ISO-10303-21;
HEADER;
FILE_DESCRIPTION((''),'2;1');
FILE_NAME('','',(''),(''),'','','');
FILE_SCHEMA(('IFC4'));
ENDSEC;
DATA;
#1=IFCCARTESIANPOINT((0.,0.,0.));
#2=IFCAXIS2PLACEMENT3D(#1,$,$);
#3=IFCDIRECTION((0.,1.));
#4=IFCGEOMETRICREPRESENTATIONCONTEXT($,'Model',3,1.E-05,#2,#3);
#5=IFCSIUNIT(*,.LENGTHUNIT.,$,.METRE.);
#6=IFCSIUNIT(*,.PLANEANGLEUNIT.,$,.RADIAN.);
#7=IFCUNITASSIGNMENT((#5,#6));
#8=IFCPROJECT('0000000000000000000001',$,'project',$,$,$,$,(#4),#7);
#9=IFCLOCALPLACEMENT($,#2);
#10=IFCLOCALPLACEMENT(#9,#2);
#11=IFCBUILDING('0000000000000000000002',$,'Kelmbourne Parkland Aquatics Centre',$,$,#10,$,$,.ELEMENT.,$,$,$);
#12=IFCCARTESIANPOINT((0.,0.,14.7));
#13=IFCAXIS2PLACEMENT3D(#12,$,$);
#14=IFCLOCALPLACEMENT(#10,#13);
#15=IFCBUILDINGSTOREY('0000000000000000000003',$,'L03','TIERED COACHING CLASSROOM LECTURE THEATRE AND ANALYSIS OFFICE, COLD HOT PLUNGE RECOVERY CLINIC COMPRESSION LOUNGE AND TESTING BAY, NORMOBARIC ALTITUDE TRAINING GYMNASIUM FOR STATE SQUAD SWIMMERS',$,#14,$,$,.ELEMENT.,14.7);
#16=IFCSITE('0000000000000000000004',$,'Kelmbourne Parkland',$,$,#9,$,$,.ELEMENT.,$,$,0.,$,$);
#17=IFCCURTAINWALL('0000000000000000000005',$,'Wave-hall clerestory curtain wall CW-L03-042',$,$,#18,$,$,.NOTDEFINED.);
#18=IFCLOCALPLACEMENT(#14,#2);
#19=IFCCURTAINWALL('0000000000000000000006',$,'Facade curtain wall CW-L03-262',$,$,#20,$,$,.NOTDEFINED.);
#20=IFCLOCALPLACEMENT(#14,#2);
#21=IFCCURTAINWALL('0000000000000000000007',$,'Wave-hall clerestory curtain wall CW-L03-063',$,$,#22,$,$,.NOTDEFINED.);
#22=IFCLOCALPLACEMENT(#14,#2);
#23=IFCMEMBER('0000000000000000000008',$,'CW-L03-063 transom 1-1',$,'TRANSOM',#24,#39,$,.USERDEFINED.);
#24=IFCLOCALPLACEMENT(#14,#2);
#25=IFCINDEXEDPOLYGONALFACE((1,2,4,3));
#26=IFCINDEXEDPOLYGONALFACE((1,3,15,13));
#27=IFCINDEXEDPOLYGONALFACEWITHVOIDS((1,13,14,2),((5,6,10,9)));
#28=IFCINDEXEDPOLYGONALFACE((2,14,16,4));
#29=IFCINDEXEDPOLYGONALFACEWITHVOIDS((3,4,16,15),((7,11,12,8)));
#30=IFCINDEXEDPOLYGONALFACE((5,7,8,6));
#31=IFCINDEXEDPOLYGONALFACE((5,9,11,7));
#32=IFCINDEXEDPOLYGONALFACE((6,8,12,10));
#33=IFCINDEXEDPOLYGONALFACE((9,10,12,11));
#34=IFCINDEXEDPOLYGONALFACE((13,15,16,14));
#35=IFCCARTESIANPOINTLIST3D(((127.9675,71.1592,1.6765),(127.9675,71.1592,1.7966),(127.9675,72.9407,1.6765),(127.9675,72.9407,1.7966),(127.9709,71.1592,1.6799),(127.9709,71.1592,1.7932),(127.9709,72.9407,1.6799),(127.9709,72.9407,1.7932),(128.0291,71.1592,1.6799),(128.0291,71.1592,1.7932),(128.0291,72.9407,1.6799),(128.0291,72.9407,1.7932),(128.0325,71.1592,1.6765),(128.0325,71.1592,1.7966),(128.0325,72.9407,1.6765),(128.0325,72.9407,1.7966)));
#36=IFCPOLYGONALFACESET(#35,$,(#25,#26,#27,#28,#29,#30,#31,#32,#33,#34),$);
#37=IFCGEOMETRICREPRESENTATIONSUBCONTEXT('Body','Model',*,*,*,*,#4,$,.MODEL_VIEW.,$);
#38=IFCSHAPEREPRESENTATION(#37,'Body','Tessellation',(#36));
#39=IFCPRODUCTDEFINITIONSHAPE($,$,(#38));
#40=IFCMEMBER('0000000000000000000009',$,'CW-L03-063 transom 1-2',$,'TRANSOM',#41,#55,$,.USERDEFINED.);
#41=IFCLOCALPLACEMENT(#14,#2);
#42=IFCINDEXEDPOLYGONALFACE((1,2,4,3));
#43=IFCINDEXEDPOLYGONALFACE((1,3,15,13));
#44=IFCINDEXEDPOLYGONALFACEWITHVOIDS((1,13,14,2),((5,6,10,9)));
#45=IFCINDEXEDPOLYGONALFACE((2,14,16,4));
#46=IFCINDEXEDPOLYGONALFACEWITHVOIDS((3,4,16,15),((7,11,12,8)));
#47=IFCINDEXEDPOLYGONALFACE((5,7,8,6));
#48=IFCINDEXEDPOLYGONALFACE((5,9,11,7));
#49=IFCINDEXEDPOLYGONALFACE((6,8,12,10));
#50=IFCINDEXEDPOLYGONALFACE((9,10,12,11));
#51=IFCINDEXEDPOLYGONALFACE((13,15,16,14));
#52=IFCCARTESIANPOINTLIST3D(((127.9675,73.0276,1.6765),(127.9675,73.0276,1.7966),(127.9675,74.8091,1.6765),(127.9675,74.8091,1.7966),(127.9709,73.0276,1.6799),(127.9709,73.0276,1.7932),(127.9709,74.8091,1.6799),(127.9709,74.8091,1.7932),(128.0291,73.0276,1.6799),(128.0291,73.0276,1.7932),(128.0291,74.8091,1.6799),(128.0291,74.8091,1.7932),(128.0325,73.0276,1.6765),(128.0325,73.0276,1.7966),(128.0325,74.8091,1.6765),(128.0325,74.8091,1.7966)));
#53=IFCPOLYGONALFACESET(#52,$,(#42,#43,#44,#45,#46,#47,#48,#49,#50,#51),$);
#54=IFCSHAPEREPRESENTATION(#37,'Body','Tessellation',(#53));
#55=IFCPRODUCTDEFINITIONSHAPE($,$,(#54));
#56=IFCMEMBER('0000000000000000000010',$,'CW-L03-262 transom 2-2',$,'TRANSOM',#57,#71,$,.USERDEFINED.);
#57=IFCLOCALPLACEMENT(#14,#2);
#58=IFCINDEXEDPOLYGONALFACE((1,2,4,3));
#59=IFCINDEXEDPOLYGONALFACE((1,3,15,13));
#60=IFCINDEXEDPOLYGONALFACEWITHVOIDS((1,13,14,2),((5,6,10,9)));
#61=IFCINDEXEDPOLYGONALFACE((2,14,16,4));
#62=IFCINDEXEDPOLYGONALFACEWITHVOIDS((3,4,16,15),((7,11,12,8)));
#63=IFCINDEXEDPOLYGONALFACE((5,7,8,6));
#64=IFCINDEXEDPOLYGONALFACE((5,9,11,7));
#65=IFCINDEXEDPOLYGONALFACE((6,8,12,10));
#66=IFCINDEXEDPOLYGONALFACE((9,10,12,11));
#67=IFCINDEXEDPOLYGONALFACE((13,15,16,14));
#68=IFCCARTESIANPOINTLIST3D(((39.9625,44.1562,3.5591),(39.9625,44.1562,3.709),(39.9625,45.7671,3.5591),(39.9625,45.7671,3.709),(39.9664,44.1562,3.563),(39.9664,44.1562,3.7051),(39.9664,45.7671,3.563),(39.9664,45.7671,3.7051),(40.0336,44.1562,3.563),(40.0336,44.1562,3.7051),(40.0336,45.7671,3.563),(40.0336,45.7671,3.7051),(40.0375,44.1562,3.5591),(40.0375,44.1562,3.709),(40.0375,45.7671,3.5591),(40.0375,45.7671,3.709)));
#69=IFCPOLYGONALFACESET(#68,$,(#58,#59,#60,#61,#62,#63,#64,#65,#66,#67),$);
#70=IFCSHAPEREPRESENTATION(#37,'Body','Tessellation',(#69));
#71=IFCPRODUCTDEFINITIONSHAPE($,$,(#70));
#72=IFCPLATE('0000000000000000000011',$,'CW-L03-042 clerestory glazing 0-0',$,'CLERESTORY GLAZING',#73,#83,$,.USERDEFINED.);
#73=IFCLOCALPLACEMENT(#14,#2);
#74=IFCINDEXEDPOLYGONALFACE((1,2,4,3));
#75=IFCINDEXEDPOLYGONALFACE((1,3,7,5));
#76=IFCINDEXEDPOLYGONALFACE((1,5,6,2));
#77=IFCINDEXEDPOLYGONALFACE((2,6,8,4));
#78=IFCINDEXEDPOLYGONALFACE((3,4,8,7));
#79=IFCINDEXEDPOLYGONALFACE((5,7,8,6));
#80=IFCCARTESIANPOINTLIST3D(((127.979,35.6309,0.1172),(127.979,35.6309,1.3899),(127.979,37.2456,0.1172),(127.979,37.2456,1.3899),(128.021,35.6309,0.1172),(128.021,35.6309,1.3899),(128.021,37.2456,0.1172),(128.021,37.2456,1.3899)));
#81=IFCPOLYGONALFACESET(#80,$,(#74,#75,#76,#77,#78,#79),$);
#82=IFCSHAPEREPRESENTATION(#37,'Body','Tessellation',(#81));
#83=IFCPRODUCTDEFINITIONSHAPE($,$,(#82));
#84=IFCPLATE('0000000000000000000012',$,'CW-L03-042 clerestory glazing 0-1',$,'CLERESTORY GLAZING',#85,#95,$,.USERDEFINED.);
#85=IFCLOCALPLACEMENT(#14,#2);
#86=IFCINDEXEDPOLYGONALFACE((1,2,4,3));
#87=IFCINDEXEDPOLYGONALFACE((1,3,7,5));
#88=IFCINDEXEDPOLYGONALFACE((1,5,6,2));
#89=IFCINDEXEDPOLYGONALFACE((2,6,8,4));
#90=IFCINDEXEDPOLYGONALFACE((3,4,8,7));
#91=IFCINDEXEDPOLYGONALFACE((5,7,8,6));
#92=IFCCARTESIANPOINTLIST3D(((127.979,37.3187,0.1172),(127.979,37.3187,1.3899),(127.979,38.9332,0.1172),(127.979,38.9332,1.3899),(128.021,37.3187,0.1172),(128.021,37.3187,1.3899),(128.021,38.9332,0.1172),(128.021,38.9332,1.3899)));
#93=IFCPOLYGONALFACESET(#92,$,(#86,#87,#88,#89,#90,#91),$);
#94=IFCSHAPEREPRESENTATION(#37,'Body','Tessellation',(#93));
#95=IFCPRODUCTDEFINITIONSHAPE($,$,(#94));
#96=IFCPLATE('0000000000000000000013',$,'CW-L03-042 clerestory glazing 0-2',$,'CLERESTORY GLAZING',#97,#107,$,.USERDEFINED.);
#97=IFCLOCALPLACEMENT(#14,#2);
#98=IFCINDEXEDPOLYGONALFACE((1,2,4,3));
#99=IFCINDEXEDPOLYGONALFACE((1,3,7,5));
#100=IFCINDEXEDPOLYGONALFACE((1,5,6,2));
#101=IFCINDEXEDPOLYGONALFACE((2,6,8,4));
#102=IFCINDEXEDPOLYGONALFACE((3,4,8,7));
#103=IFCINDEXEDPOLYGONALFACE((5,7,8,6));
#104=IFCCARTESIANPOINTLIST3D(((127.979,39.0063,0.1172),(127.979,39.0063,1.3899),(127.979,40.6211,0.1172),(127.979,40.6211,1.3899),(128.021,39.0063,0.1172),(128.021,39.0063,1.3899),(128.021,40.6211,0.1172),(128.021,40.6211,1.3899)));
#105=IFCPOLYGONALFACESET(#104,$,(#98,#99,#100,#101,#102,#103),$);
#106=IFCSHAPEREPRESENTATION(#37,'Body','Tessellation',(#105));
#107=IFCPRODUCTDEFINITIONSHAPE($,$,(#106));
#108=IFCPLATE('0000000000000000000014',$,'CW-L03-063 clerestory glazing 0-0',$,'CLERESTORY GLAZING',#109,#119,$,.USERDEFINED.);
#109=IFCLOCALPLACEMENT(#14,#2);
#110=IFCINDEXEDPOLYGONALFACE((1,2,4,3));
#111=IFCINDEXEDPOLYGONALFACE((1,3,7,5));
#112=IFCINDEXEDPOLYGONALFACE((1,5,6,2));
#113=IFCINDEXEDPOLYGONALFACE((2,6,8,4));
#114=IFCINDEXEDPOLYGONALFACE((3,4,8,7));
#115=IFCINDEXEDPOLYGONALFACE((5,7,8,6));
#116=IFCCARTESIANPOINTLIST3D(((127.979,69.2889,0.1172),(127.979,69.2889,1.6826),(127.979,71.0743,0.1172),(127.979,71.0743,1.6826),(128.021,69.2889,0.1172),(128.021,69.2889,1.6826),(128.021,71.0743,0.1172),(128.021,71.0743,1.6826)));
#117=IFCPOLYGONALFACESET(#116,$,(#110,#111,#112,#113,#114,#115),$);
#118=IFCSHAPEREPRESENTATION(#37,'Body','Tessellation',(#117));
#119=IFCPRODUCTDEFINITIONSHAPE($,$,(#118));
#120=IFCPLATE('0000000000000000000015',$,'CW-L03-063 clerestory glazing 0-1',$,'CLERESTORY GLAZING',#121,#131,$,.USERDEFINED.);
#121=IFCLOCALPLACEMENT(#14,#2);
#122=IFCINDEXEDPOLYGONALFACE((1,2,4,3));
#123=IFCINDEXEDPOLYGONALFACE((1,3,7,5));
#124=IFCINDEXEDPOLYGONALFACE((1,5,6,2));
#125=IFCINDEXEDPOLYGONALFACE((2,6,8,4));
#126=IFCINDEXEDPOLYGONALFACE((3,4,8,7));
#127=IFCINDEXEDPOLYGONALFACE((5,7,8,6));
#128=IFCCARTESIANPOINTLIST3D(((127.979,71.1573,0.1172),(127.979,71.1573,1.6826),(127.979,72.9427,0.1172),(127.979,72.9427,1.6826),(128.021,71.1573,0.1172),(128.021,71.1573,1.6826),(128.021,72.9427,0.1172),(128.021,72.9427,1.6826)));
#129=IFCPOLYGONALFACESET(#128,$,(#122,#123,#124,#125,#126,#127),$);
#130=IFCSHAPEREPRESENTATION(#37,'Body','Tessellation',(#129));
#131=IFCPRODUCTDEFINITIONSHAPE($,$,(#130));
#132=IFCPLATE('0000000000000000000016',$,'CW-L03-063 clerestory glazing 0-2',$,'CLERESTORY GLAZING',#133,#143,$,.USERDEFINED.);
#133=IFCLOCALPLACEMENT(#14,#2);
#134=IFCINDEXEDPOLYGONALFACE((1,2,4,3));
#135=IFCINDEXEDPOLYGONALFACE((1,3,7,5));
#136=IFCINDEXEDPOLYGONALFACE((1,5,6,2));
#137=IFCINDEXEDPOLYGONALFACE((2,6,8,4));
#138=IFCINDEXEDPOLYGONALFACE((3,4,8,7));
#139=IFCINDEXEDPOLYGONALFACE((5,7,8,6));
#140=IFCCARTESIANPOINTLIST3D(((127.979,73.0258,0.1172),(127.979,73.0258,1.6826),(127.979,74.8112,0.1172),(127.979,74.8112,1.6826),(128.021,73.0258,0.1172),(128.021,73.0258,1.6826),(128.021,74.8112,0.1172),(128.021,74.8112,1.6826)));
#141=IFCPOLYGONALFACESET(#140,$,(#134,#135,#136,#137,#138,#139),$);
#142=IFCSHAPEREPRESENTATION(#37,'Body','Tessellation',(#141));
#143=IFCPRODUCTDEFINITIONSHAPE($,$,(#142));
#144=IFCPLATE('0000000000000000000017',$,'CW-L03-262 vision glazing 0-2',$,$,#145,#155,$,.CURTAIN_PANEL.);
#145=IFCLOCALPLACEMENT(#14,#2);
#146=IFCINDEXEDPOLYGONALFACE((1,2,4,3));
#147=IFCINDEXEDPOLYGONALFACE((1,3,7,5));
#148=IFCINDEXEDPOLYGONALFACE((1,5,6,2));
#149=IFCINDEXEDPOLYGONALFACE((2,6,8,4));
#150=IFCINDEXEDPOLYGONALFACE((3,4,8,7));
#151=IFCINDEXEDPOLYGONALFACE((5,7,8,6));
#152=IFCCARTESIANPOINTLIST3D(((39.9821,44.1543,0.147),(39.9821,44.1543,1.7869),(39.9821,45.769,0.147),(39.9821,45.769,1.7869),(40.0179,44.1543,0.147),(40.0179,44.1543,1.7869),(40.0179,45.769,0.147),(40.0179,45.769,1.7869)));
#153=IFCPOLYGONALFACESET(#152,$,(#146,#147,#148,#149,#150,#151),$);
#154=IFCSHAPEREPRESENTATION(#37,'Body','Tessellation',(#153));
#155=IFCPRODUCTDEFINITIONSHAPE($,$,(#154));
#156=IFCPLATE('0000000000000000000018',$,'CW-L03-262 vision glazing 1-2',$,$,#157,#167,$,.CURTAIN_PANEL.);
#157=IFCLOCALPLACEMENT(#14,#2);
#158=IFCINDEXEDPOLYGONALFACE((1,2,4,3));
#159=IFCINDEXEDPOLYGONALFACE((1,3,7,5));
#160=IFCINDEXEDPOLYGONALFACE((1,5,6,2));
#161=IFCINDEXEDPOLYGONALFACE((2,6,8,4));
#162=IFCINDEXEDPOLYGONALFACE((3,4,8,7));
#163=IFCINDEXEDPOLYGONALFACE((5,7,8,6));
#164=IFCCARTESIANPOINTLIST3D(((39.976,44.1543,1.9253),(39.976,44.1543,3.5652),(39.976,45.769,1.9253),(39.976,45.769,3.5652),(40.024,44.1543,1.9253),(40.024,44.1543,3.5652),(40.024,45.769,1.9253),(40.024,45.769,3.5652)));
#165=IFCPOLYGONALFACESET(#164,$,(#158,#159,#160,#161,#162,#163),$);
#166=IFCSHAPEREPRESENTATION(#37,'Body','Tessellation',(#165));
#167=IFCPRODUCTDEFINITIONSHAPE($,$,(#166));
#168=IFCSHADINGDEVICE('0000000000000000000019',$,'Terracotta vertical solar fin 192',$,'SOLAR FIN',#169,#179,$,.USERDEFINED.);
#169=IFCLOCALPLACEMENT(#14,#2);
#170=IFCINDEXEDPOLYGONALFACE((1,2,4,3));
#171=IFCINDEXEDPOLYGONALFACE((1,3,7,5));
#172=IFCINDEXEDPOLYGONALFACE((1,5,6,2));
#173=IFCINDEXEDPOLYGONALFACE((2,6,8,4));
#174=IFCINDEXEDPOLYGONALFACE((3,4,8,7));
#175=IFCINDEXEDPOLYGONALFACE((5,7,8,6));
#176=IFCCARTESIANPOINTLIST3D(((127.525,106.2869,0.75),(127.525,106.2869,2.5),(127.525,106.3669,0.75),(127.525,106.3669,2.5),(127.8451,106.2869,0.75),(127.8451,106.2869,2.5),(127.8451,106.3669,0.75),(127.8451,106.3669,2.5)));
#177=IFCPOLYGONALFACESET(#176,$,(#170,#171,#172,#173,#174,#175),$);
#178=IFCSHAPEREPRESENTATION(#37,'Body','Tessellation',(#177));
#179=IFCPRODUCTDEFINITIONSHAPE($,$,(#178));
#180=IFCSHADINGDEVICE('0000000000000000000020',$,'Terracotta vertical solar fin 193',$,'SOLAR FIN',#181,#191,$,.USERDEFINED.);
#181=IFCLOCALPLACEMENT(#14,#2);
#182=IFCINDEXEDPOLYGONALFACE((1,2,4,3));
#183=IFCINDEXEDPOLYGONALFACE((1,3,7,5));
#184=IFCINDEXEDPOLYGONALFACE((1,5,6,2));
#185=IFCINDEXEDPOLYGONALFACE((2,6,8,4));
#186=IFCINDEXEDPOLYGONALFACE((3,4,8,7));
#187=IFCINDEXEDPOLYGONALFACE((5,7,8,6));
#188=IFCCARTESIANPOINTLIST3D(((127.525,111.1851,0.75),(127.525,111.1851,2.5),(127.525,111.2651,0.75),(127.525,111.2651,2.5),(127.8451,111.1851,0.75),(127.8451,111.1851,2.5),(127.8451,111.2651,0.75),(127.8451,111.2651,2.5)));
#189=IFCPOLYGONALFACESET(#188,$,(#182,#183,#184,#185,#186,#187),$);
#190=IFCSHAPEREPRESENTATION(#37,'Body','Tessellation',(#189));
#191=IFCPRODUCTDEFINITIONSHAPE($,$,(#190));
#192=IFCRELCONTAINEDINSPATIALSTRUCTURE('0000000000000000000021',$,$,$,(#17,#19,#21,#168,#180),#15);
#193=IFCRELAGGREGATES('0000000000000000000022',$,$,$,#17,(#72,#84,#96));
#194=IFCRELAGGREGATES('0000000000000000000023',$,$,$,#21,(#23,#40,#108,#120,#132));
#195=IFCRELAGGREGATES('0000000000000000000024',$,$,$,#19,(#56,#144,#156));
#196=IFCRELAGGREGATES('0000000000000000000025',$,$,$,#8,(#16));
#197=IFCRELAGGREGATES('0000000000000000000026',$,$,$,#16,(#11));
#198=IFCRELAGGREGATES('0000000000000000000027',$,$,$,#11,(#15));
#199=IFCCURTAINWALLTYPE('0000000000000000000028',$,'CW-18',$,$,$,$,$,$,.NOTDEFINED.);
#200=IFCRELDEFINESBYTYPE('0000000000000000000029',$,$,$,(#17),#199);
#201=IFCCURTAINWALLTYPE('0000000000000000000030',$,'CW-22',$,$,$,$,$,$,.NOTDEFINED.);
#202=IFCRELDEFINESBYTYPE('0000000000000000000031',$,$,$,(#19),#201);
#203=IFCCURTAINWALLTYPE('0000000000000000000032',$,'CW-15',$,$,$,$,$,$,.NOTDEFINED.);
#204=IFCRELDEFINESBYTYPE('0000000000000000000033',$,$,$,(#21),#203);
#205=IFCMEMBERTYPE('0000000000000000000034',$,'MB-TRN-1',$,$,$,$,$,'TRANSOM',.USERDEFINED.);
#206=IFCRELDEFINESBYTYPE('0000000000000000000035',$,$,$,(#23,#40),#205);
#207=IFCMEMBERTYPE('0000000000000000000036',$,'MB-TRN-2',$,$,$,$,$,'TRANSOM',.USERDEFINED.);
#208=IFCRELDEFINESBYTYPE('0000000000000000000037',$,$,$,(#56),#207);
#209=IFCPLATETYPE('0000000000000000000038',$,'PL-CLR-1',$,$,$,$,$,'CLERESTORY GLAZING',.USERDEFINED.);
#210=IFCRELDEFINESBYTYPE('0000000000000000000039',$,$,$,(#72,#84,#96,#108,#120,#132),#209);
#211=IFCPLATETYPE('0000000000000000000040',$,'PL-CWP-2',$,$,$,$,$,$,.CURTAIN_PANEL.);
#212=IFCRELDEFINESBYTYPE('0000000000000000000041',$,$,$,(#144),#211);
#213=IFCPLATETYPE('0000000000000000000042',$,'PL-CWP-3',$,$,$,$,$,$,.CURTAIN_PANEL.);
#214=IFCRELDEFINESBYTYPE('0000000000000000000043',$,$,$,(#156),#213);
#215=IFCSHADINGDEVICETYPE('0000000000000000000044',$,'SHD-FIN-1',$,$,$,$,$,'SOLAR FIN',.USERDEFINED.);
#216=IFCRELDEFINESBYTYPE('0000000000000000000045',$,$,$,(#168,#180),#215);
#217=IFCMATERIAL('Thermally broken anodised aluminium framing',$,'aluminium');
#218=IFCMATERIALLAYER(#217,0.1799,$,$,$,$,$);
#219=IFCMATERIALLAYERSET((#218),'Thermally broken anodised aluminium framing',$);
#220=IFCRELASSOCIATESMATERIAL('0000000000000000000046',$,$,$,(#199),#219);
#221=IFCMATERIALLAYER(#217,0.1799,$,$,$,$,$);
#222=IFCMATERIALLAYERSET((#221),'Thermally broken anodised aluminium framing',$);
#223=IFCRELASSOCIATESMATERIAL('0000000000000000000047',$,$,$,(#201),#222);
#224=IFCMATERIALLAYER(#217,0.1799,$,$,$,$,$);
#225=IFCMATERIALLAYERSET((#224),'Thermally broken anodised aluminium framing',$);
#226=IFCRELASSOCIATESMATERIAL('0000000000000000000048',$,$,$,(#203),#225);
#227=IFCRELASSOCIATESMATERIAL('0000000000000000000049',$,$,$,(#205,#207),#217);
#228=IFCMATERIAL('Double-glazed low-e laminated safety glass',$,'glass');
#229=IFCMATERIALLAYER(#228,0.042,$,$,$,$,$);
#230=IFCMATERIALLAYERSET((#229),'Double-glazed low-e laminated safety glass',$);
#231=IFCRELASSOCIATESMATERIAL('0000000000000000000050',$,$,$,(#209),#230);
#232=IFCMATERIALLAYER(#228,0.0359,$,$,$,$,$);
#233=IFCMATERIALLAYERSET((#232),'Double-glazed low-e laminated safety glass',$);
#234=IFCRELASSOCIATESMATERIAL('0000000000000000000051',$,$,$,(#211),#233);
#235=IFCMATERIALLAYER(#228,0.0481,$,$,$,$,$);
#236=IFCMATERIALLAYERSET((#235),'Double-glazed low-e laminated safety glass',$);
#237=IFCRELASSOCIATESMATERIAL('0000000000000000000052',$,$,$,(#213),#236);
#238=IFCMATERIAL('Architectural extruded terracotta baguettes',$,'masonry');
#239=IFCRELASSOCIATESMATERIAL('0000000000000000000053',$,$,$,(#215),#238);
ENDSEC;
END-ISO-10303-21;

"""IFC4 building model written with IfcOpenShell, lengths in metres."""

from ifc_helpers import new_model, si_unit, direction, frame, origin, origin_2d, place, context, subcontext, project, spatial, rectangle, hollow_rectangle, extrude, material, layer, layer_set, material_profile, profile_set, type_object, element, aggregate, save


model = new_model("IFC4")

# Units and contexts
model_context = context("Model", 3, precision=1e-05, world=origin(), true_north=direction((0.0, 1.0)))
body_context = subcontext(model_context, "Body", "Model", "MODEL_VIEW")
ifc_project = project(units=[si_unit("LENGTHUNIT", "METRE"), si_unit("PLANEANGLEUNIT", "RADIAN")], contexts=[model_context])

# Site, building, storey
site_placement = place(None, origin())
site = spatial("IfcSite", under=ifc_project, at=site_placement, Name="Kelmbourne Parkland", CompositionType="ELEMENT", RefElevation=0.0)
building_placement = place(site_placement, origin())
building = spatial("IfcBuilding", under=site, at=building_placement, Name="Kelmbourne Parkland Aquatics Centre", CompositionType="ELEMENT")
storey_placement = place(building_placement, frame((0.0, 0.0, 14.7)))
storey = spatial("IfcBuildingStorey", under=building, at=storey_placement, Name="L03", Description="TIERED COACHING CLASSROOM LECTURE THEATRE AND ANALYSIS OFFICE, COLD HOT PLUNGE RECOVERY CLINIC COMPRESSION LOUNGE AND TESTING BAY, NORMOBARIC ALTITUDE TRAINING GYMNASIUM FOR STATE SQUAD SWIMMERS", CompositionType="ELEMENT", Elevation=14.7)

# Shared definitions
ifc_material_1 = material(Name="Thermally broken anodised aluminium framing", Category="aluminium")

# Curtain wall
ifc_layer_1 = layer(ifc_material_1, 0.1799)
ifc_layer_set_1 = layer_set([ifc_layer_1], Name="Thermally broken anodised aluminium framing")
curtain_wall_type_1 = type_object("IfcCurtainWallType", Name="CW-18", PredefinedType="NOTDEFINED", material=ifc_layer_set_1)
curtain_wall_1_placement = place(storey_placement, origin())
curtain_wall_1 = element("IfcCurtainWall", 1, at=curtain_wall_1_placement, inside=storey, type_object=curtain_wall_type_1, Name="Wave-hall clerestory curtain wall CW-L03-042", PredefinedType="NOTDEFINED")

# Curtain wall
ifc_layer_2 = layer(ifc_material_1, 0.1799)
ifc_layer_set_2 = layer_set([ifc_layer_2], Name="Thermally broken anodised aluminium framing")
curtain_wall_type_2 = type_object("IfcCurtainWallType", Name="CW-22", PredefinedType="NOTDEFINED", material=ifc_layer_set_2)
curtain_wall_2_placement = place(storey_placement, origin())
curtain_wall_2 = element("IfcCurtainWall", 2, at=curtain_wall_2_placement, inside=storey, type_object=curtain_wall_type_2, Name="Facade curtain wall CW-L03-262", PredefinedType="NOTDEFINED")

# Curtain wall
ifc_layer_3 = layer(ifc_material_1, 0.1799)
ifc_layer_set_3 = layer_set([ifc_layer_3], Name="Thermally broken anodised aluminium framing")
curtain_wall_type_3 = type_object("IfcCurtainWallType", Name="CW-15", PredefinedType="NOTDEFINED", material=ifc_layer_set_3)
curtain_wall_3_placement = place(storey_placement, origin())
curtain_wall_3 = element("IfcCurtainWall", 3, at=curtain_wall_3_placement, inside=storey, type_object=curtain_wall_type_3, Name="Wave-hall clerestory curtain wall CW-L03-063", PredefinedType="NOTDEFINED")

# Members
ifc_material_profile_1 = material_profile(ifc_material_1, hollow_rectangle(XDim=0.0649, YDim=0.1201, WallThickness=0.0034, at=origin_2d()), Name="CW-T 65x120")
ifc_profile_set_1 = profile_set([ifc_material_profile_1], Name="Thermally broken anodised aluminium framing")
member_type_1 = type_object("IfcMemberType", Name="MB-TRN-1", ElementType="TRANSOM", PredefinedType="USERDEFINED", material=ifc_profile_set_1)
member_1_placement = place(storey_placement, frame((128.0, 71.1592, 1.7366), z_axis=(0.0, 1.0, 0.0), x_axis=(-1.0, 0.0, 0.0)))
member_1 = element("IfcMember", 4, at=member_1_placement, type_object=member_type_1, Name="CW-L03-063 transom 1-1", ObjectType="TRANSOM", PredefinedType="USERDEFINED", context=body_context, shape_type="SweptSolid", body=[
    extrude(hollow_rectangle(XDim=0.0649, YDim=0.1201, WallThickness=0.0034, at=origin_2d()), origin(), (0.0, 0.0, 1.0), 1.7815),
])
member_2_placement = place(storey_placement, frame((128.0, 73.0276, 1.7366), z_axis=(0.0, 1.0, 0.0), x_axis=(-1.0, 0.0, 0.0)))
member_2 = element("IfcMember", 5, at=member_2_placement, type_object=member_type_1, Name="CW-L03-063 transom 1-2", ObjectType="TRANSOM", PredefinedType="USERDEFINED", context=body_context, shape_type="SweptSolid", body=[
    extrude(hollow_rectangle(XDim=0.0649, YDim=0.1201, WallThickness=0.0034, at=origin_2d()), origin(), (0.0, 0.0, 1.0), 1.7815),
])
ifc_material_profile_2 = material_profile(ifc_material_1, hollow_rectangle(XDim=0.075, YDim=0.1499, WallThickness=0.0039, at=origin_2d()), Name="CW-T 75x150")
ifc_profile_set_2 = profile_set([ifc_material_profile_2], Name="Thermally broken anodised aluminium framing")
member_type_2 = type_object("IfcMemberType", Name="MB-TRN-2", ElementType="TRANSOM", PredefinedType="USERDEFINED", material=ifc_profile_set_2)
member_3_placement = place(storey_placement, frame((40.0, 44.1562, 3.634), z_axis=(0.0, 1.0, 0.0), x_axis=(-1.0, 0.0, 0.0)))
member_3 = element("IfcMember", 6, at=member_3_placement, type_object=member_type_2, Name="CW-L03-262 transom 2-2", ObjectType="TRANSOM", PredefinedType="USERDEFINED", context=body_context, shape_type="SweptSolid", body=[
    extrude(hollow_rectangle(XDim=0.075, YDim=0.1499, WallThickness=0.0039, at=origin_2d()), origin(), (0.0, 0.0, 1.0), 1.6108),
])

# Plates
ifc_material_2 = material(Name="Double-glazed low-e laminated safety glass", Category="glass")
ifc_layer_4 = layer(ifc_material_2, 0.042)
ifc_layer_set_4 = layer_set([ifc_layer_4], Name="Double-glazed low-e laminated safety glass")
plate_type_1 = type_object("IfcPlateType", Name="PL-CLR-1", ElementType="CLERESTORY GLAZING", PredefinedType="USERDEFINED", material=ifc_layer_set_4)
plate_1_placement = place(storey_placement, frame((128.0, 36.4382, 0.1172), z_axis=(0.0, 0.0, 1.0), x_axis=(0.0, 1.0, 0.0)))
plate_1 = element("IfcPlate", 7, at=plate_1_placement, type_object=plate_type_1, Name="CW-L03-042 clerestory glazing 0-0", ObjectType="CLERESTORY GLAZING", PredefinedType="USERDEFINED", context=body_context, shape_type="SweptSolid", body=[
    extrude(rectangle(XDim=1.6147, YDim=0.042, at=origin_2d()), origin(), (0.0, 0.0, 1.0), 1.2727),
])
plate_2_placement = place(storey_placement, frame((128.0, 38.126, 0.1172), z_axis=(0.0, 0.0, 1.0), x_axis=(0.0, 1.0, 0.0)))
plate_2 = element("IfcPlate", 8, at=plate_2_placement, type_object=plate_type_1, Name="CW-L03-042 clerestory glazing 0-1", ObjectType="CLERESTORY GLAZING", PredefinedType="USERDEFINED", context=body_context, shape_type="SweptSolid", body=[
    extrude(rectangle(XDim=1.6145, YDim=0.042, at=origin_2d()), origin(), (0.0, 0.0, 1.0), 1.2727),
])
plate_3_placement = place(storey_placement, frame((128.0, 39.8137, 0.1172), z_axis=(0.0, 0.0, 1.0), x_axis=(0.0, 1.0, 0.0)))
plate_3 = element("IfcPlate", 9, at=plate_3_placement, type_object=plate_type_1, Name="CW-L03-042 clerestory glazing 0-2", ObjectType="CLERESTORY GLAZING", PredefinedType="USERDEFINED", context=body_context, shape_type="SweptSolid", body=[
    extrude(rectangle(XDim=1.6147, YDim=0.042, at=origin_2d()), origin(), (0.0, 0.0, 1.0), 1.2727),
])
aggregate(curtain_wall_1, [plate_1, plate_2, plate_3])
plate_4_placement = place(storey_placement, frame((128.0, 70.1816, 0.1172), z_axis=(0.0, 0.0, 1.0), x_axis=(0.0, 1.0, 0.0)))
plate_4 = element("IfcPlate", 10, at=plate_4_placement, type_object=plate_type_1, Name="CW-L03-063 clerestory glazing 0-0", ObjectType="CLERESTORY GLAZING", PredefinedType="USERDEFINED", context=body_context, shape_type="SweptSolid", body=[
    extrude(rectangle(XDim=1.7854, YDim=0.042, at=origin_2d()), origin(), (0.0, 0.0, 1.0), 1.5654),
])
plate_5_placement = place(storey_placement, frame((128.0, 72.05, 0.1172), z_axis=(0.0, 0.0, 1.0), x_axis=(0.0, 1.0, 0.0)))
plate_5 = element("IfcPlate", 11, at=plate_5_placement, type_object=plate_type_1, Name="CW-L03-063 clerestory glazing 0-1", ObjectType="CLERESTORY GLAZING", PredefinedType="USERDEFINED", context=body_context, shape_type="SweptSolid", body=[
    extrude(rectangle(XDim=1.7854, YDim=0.042, at=origin_2d()), origin(), (0.0, 0.0, 1.0), 1.5654),
])
plate_6_placement = place(storey_placement, frame((128.0, 73.9185, 0.1172), z_axis=(0.0, 0.0, 1.0), x_axis=(0.0, 1.0, 0.0)))
plate_6 = element("IfcPlate", 12, at=plate_6_placement, type_object=plate_type_1, Name="CW-L03-063 clerestory glazing 0-2", ObjectType="CLERESTORY GLAZING", PredefinedType="USERDEFINED", context=body_context, shape_type="SweptSolid", body=[
    extrude(rectangle(XDim=1.7854, YDim=0.042, at=origin_2d()), origin(), (0.0, 0.0, 1.0), 1.5654),
])
aggregate(curtain_wall_3, [member_1, member_2, plate_4, plate_5, plate_6])
ifc_layer_5 = layer(ifc_material_2, 0.0359)
ifc_layer_set_5 = layer_set([ifc_layer_5], Name="Double-glazed low-e laminated safety glass")
plate_type_2 = type_object("IfcPlateType", Name="PL-CWP-2", PredefinedType="CURTAIN_PANEL", material=ifc_layer_set_5)
plate_7_placement = place(storey_placement, frame((40.0, 44.9617, 0.147), z_axis=(0.0, 0.0, 1.0), x_axis=(0.0, 1.0, 0.0)))
plate_7 = element("IfcPlate", 13, at=plate_7_placement, type_object=plate_type_2, Name="CW-L03-262 vision glazing 0-2", PredefinedType="CURTAIN_PANEL", context=body_context, shape_type="SweptSolid", body=[
    extrude(rectangle(XDim=1.6147, YDim=0.0359, at=origin_2d()), origin(), (0.0, 0.0, 1.0), 1.6399),
])
ifc_layer_6 = layer(ifc_material_2, 0.0481)
ifc_layer_set_6 = layer_set([ifc_layer_6], Name="Double-glazed low-e laminated safety glass")
plate_type_3 = type_object("IfcPlateType", Name="PL-CWP-3", PredefinedType="CURTAIN_PANEL", material=ifc_layer_set_6)
plate_8_placement = place(storey_placement, frame((40.0, 44.9617, 1.9253), z_axis=(0.0, 0.0, 1.0), x_axis=(0.0, 1.0, 0.0)))
plate_8 = element("IfcPlate", 14, at=plate_8_placement, type_object=plate_type_3, Name="CW-L03-262 vision glazing 1-2", PredefinedType="CURTAIN_PANEL", context=body_context, shape_type="SweptSolid", body=[
    extrude(rectangle(XDim=1.6147, YDim=0.0481, at=origin_2d()), origin(), (0.0, 0.0, 1.0), 1.6399),
])
aggregate(curtain_wall_2, [member_3, plate_7, plate_8])

# Shading devices
ifc_material_3 = material(Name="Architectural extruded terracotta baguettes", Category="masonry")
shading_device_type = type_object("IfcShadingDeviceType", Name="SHD-FIN-1", ElementType="SOLAR FIN", PredefinedType="USERDEFINED", material=ifc_material_3)
for number, where, z_axis, x_axis, name in (
    (15, (127.6851, 106.3269, 0.75), (0.0, 0.0, 1.0), (0.0, 1.0, 0.0), "Terracotta vertical solar fin 192"),
    (16, (127.6851, 111.2251, 0.75), (0.0, 0.0, 1.0), (0.0, 1.0, 0.0), "Terracotta vertical solar fin 193"),
):
    element("IfcShadingDevice", number, at=place(storey_placement, frame(where, z_axis=z_axis, x_axis=x_axis)), inside=storey, type_object=shading_device_type, Name=name, ObjectType="SOLAR FIN", PredefinedType="USERDEFINED", context=body_context, shape_type="SweptSolid", body=[
        extrude(rectangle(XDim=0.0801, YDim=0.3201, at=origin_2d()), origin(), (0.0, 0.0, 1.0), 1.75),
    ])

save(model, "model.ifc")
